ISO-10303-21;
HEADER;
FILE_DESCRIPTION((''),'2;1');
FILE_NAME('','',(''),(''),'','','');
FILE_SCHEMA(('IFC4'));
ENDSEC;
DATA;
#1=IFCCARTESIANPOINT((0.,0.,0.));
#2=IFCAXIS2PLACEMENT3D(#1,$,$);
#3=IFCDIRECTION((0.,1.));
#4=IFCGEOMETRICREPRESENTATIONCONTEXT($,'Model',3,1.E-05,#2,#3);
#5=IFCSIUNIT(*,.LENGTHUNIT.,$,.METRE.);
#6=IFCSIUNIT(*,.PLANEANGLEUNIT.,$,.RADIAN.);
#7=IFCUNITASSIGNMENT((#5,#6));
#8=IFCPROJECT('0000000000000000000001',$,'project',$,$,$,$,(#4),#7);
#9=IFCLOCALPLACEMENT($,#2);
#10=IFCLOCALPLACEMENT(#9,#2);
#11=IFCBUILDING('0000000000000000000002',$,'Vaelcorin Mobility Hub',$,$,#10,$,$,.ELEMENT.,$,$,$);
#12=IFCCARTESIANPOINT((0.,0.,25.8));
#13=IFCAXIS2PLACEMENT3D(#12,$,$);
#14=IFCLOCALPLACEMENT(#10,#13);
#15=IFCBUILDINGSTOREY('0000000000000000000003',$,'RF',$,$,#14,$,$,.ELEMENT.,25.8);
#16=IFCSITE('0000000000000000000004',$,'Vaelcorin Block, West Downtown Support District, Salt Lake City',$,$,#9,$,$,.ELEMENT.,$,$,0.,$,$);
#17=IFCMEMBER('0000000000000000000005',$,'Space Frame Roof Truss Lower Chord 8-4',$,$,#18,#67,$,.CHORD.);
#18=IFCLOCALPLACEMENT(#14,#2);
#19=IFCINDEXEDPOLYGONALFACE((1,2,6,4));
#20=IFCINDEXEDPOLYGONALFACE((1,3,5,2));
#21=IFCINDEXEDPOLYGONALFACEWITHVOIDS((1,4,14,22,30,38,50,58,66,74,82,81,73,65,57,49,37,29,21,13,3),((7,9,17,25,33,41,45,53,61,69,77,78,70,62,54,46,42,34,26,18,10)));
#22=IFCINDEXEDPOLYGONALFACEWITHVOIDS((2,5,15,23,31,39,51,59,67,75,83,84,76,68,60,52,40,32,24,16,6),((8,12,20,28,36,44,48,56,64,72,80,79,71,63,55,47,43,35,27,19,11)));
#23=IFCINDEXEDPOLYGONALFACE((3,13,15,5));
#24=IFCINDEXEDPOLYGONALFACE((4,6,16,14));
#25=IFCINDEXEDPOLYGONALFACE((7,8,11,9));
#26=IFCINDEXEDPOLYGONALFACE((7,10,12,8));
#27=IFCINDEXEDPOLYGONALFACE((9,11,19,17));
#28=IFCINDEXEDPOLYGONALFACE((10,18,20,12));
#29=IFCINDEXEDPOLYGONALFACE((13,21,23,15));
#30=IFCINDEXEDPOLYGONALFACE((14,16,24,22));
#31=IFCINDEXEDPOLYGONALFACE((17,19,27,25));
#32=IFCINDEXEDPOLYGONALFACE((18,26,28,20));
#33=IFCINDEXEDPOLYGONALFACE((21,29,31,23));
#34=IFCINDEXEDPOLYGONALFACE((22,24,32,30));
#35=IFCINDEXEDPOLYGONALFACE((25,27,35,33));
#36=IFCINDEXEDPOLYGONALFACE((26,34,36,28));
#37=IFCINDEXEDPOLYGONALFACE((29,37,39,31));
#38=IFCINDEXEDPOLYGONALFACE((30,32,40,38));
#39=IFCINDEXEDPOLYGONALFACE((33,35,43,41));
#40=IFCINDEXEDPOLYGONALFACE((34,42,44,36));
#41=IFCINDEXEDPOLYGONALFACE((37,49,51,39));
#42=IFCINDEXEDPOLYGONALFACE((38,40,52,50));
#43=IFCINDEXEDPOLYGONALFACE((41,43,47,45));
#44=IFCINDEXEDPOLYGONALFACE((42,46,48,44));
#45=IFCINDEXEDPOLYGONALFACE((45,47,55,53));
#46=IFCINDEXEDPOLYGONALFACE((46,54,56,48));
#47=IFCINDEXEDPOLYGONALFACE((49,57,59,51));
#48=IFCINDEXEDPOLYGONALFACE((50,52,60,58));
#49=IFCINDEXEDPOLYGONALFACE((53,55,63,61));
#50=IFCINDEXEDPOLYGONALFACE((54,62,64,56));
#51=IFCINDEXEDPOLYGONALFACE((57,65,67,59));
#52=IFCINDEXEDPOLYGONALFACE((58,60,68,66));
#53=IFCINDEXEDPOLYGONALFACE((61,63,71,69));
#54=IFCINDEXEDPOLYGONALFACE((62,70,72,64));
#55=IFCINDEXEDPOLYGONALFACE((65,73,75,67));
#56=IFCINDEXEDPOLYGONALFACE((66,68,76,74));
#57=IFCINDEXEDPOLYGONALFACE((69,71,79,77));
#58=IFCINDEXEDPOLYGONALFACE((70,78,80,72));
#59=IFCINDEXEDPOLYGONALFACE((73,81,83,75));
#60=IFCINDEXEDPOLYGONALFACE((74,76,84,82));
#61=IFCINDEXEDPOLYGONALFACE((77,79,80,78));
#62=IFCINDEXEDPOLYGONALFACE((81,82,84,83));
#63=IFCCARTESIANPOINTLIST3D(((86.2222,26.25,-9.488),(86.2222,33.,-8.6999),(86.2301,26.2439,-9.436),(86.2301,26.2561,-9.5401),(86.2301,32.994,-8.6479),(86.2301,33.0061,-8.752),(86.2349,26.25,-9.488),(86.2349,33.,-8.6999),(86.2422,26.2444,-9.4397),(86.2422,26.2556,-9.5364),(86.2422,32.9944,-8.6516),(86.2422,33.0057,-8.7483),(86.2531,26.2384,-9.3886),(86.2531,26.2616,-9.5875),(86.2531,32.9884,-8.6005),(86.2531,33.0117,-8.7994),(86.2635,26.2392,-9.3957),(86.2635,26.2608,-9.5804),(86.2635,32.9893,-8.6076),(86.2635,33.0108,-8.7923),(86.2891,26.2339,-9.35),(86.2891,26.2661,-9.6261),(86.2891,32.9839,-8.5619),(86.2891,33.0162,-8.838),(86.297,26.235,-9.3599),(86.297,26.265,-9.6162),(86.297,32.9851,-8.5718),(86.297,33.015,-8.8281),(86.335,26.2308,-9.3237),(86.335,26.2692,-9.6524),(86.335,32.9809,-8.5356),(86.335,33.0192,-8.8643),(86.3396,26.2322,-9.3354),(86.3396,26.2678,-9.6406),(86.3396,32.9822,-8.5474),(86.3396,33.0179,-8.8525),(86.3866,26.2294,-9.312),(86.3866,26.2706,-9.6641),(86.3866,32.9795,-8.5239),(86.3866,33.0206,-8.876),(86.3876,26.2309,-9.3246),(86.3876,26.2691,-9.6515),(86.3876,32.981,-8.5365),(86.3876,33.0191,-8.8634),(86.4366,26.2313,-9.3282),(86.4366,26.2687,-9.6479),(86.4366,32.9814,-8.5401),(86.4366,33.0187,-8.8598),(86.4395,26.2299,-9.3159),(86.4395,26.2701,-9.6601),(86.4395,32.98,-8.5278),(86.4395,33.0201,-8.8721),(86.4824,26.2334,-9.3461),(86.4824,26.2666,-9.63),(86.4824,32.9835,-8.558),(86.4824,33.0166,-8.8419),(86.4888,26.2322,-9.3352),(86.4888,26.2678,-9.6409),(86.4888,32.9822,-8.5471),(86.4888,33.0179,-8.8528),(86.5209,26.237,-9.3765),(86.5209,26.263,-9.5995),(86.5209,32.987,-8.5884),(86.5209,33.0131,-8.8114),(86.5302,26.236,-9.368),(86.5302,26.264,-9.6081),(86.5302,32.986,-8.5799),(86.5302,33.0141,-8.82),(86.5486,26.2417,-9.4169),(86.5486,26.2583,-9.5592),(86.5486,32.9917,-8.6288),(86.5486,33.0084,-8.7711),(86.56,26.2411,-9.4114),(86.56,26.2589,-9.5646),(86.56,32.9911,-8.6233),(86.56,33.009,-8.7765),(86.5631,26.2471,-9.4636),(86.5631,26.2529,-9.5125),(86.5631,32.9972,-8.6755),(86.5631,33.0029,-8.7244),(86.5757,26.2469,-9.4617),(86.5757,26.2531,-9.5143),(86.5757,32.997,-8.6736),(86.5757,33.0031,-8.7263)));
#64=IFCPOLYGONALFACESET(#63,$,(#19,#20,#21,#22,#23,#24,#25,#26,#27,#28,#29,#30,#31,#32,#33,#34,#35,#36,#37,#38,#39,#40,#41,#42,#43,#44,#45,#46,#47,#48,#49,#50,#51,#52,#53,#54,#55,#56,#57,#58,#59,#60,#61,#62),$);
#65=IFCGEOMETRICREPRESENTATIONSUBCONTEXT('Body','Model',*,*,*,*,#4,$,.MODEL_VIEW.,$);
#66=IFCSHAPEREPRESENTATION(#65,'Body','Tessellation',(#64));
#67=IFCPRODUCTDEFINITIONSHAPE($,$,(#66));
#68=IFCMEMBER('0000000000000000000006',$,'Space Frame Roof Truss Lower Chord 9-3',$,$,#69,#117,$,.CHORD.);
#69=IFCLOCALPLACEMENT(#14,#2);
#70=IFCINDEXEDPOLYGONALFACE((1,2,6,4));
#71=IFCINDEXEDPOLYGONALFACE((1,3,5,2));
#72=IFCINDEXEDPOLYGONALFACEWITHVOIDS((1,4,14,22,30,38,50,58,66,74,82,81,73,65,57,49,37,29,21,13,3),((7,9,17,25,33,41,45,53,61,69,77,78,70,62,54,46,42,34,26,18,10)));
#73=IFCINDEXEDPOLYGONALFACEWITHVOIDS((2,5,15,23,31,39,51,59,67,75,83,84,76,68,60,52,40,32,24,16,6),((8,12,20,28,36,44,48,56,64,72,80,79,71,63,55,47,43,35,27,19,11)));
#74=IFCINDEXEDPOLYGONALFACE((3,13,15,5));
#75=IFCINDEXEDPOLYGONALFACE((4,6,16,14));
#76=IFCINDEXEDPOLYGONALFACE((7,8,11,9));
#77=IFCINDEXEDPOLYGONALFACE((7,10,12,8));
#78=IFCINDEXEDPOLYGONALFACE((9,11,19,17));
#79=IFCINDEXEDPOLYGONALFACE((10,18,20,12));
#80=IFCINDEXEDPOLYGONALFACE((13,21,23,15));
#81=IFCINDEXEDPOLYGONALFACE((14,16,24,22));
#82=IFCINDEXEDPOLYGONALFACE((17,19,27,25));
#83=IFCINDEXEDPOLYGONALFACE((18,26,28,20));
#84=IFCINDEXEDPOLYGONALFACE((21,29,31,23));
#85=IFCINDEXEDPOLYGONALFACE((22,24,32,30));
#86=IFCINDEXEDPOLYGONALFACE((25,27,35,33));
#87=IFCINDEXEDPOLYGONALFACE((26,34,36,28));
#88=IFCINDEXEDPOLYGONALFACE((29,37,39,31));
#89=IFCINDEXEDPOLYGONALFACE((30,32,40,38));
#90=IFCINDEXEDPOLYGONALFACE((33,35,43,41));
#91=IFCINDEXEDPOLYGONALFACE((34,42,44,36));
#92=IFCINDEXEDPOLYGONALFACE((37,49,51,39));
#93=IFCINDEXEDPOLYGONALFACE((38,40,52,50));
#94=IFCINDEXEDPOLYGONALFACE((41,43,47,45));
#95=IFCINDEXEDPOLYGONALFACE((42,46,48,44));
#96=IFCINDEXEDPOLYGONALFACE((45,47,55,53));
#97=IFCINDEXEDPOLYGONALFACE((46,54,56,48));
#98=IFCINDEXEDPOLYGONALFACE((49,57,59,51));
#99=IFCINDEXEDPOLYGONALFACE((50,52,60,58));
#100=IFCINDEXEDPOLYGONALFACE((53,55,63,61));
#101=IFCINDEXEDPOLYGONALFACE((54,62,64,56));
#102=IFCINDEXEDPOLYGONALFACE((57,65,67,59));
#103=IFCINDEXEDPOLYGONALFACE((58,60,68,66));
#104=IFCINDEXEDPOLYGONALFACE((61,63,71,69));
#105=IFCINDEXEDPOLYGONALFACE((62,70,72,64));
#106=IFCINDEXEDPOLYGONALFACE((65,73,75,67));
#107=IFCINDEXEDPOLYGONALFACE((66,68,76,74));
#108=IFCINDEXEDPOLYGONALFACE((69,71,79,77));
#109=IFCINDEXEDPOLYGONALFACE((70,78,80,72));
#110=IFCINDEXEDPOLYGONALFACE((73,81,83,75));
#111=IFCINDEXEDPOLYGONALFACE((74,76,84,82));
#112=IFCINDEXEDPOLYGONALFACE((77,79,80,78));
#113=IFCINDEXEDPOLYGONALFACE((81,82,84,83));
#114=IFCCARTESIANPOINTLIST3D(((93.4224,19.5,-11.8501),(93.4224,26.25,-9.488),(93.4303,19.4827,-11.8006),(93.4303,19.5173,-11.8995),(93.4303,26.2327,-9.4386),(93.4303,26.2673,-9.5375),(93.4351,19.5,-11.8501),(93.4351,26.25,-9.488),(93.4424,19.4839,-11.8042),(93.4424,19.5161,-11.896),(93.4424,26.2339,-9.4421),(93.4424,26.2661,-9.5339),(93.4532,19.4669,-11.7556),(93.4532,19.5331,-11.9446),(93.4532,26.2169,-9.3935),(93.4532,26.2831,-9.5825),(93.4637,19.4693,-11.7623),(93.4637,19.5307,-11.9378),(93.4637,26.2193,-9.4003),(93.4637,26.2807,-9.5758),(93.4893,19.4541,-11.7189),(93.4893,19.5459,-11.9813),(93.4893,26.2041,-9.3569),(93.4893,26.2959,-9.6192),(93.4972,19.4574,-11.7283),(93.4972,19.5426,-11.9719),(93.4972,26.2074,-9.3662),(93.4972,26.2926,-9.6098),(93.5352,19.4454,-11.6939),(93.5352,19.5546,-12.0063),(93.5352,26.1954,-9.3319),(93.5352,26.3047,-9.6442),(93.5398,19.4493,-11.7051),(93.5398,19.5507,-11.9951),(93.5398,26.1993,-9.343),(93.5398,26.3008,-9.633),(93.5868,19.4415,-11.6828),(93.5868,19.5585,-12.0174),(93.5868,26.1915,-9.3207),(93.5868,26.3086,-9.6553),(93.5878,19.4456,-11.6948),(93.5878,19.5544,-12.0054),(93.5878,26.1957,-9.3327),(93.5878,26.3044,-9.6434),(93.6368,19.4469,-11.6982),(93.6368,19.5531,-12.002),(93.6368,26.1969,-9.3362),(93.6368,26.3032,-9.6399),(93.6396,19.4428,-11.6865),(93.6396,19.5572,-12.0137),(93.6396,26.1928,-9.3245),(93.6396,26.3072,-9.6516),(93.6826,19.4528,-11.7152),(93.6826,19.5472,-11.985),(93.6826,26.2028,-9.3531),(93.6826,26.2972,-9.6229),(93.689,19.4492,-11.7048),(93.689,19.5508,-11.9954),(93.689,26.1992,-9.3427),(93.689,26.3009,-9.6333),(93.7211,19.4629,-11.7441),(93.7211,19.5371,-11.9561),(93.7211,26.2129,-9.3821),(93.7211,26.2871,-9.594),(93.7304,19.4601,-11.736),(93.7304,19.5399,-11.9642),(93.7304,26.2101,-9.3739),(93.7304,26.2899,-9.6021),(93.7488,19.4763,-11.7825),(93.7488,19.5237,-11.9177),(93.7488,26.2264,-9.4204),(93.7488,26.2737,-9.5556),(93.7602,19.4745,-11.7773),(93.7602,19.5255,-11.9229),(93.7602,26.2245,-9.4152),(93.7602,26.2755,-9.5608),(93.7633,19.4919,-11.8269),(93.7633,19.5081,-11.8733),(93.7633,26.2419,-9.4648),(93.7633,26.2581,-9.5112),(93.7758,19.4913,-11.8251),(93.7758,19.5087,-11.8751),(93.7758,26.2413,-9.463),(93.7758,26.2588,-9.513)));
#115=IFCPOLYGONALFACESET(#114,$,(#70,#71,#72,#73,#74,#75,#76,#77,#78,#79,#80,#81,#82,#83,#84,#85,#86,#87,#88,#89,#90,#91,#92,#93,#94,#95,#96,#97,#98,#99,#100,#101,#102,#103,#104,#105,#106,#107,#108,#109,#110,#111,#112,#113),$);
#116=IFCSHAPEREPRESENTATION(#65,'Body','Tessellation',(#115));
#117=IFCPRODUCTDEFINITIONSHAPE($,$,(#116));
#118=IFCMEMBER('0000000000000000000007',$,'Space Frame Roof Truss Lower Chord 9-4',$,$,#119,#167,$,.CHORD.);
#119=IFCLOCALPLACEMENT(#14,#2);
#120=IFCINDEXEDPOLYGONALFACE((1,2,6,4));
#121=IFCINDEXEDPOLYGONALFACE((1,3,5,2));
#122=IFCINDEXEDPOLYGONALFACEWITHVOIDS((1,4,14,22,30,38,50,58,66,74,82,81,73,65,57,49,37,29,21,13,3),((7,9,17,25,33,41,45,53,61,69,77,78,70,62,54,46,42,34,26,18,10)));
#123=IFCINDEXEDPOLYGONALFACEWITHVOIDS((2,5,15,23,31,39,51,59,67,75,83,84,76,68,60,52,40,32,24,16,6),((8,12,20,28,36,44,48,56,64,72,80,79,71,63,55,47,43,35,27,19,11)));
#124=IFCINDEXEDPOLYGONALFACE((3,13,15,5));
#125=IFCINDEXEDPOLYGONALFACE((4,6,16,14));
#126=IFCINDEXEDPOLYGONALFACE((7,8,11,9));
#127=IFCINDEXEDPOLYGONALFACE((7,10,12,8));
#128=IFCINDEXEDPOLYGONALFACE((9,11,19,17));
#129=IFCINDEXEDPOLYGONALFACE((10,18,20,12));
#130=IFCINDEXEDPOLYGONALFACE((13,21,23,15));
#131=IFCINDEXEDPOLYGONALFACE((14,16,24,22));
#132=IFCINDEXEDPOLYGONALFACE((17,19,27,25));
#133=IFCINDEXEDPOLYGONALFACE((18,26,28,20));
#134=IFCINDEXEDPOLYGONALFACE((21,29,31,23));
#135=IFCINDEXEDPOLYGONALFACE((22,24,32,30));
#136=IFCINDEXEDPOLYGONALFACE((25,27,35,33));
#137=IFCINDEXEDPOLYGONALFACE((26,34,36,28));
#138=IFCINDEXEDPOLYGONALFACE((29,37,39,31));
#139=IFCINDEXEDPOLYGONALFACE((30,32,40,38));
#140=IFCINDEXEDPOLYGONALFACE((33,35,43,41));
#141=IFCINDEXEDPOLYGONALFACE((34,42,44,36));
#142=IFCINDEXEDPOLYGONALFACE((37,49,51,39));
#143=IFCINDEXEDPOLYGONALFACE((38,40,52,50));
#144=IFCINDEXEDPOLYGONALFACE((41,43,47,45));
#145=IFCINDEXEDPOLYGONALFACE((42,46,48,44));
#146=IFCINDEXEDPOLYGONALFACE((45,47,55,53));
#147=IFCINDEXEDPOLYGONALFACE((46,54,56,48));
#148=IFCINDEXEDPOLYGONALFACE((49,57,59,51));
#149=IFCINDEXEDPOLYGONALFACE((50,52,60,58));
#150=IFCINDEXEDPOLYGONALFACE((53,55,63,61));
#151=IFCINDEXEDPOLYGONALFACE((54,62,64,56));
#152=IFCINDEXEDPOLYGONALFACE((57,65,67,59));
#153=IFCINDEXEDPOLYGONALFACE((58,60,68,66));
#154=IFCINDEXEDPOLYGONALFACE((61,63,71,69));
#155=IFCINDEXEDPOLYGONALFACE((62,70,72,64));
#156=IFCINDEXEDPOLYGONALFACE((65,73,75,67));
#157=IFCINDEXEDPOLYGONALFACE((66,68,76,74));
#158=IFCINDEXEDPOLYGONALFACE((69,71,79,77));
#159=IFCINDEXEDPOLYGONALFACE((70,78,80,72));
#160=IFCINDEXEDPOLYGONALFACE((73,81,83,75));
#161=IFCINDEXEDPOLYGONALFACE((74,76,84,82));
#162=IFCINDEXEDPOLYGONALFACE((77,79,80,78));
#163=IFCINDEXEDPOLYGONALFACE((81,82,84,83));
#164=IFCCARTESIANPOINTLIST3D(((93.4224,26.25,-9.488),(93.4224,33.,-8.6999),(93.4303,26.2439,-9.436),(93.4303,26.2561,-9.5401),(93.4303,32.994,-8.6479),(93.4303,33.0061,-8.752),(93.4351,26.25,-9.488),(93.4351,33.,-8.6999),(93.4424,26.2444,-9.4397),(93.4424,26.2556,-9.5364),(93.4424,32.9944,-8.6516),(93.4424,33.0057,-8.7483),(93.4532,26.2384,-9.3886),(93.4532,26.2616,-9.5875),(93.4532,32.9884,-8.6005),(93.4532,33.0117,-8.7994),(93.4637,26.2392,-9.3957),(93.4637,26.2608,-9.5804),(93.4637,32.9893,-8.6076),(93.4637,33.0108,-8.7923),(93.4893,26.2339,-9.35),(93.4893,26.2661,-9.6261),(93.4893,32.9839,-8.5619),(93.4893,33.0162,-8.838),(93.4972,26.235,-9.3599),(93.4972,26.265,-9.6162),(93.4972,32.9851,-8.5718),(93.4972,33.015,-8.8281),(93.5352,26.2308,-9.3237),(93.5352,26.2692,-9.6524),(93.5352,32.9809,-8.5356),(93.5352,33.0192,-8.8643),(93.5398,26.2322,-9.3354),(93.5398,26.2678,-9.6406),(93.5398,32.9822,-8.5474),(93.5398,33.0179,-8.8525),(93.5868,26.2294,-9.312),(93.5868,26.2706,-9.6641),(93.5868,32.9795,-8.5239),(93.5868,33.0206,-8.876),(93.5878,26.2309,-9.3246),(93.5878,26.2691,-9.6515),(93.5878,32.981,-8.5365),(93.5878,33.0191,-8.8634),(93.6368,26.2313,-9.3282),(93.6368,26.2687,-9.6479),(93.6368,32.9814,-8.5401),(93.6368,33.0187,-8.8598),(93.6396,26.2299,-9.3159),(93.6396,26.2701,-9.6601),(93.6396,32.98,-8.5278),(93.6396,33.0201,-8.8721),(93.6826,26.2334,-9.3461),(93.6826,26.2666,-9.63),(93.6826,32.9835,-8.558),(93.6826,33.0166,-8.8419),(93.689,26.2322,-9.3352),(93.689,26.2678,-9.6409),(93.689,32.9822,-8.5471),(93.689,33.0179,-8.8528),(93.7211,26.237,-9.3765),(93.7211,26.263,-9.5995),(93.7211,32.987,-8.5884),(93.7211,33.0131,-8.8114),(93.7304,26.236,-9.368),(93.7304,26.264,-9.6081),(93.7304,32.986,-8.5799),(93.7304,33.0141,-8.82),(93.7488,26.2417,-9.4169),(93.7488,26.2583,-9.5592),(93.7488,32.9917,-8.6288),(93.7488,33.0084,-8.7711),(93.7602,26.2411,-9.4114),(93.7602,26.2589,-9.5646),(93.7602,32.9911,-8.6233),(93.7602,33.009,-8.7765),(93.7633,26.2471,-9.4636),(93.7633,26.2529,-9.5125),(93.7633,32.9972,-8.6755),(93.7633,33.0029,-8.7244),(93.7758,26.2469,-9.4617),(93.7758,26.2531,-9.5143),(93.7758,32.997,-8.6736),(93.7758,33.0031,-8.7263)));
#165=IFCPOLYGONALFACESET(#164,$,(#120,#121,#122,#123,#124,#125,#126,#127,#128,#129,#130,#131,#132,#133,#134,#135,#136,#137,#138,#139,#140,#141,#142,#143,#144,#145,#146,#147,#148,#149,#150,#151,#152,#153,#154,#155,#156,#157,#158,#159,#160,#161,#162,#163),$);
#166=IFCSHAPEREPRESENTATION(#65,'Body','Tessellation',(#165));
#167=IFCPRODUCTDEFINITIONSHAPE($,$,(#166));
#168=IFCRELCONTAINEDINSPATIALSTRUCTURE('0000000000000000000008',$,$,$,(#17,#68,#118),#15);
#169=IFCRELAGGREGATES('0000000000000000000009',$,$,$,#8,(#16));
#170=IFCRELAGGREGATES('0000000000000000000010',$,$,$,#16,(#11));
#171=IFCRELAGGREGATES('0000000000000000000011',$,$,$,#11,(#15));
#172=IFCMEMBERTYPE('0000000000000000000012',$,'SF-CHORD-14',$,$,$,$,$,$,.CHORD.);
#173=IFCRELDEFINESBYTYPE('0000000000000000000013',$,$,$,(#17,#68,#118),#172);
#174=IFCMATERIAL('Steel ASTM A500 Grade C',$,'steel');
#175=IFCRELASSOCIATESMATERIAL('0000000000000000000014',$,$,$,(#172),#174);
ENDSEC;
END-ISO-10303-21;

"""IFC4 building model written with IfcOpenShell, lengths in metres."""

from ifc_helpers import new_model, si_unit, direction, frame, origin, origin_2d, place, context, subcontext, project, spatial, hollow_circle, extrude, material, material_profile, profile_set, type_object, element, save


model = new_model("IFC4")

# Units and contexts
model_context = context("Model", 3, precision=1e-05, world=origin(), true_north=direction((0.0, 1.0)))
body_context = subcontext(model_context, "Body", "Model", "MODEL_VIEW")
ifc_project = project(units=[si_unit("LENGTHUNIT", "METRE"), si_unit("PLANEANGLEUNIT", "RADIAN")], contexts=[model_context])

# Site, building, storey
site_placement = place(None, origin())
site = spatial("IfcSite", under=ifc_project, at=site_placement, Name="Vaelcorin Block, West Downtown Support District, Salt Lake City", CompositionType="ELEMENT", RefElevation=0.0)
building_placement = place(site_placement, origin())
building = spatial("IfcBuilding", under=site, at=building_placement, Name="Vaelcorin Mobility Hub", CompositionType="ELEMENT")
storey_placement = place(building_placement, frame((0.0, 0.0, 25.8)))
storey = spatial("IfcBuildingStorey", under=building, at=storey_placement, Name="RF", CompositionType="ELEMENT", Elevation=25.8)

# Members
ifc_material_1 = material(Name="Steel ASTM A500 Grade C", Category="steel")
ifc_material_profile_1 = material_profile(ifc_material_1, hollow_circle(Radius=0.1777, WallThickness=0.0127, at=origin_2d()), Name="HSS14.000X0.500")
ifc_profile_set_1 = profile_set([ifc_material_profile_1], Name="Steel ASTM A500 Grade C")
member_type_1 = type_object("IfcMemberType", Name="SF-CHORD-14", PredefinedType="CHORD", material=ifc_profile_set_1)
member_1_placement = place(storey_placement, frame((86.3999, 26.25, -9.488), z_axis=(0.0, 0.993253, 0.115966), x_axis=(-1.0, 0.0, 0.0)))
element("IfcMember", 1, at=member_1_placement, inside=storey, type_object=member_type_1, Name="Space Frame Roof Truss Lower Chord 8-4", PredefinedType="CHORD", context=body_context, shape_type="SweptSolid", body=[
    extrude(hollow_circle(Radius=0.1777, WallThickness=0.0127, at=origin_2d()), origin(), (0.0, 0.0, 1.0), 6.7959),
])
member_2_placement = place(storey_placement, frame((93.6001, 19.5, -11.8501), z_axis=(0.0, 0.943878, 0.330296), x_axis=(-1.0, 0.0, 0.0)))
element("IfcMember", 2, at=member_2_placement, inside=storey, type_object=member_type_1, Name="Space Frame Roof Truss Lower Chord 9-3", PredefinedType="CHORD", context=body_context, shape_type="SweptSolid", body=[
    extrude(hollow_circle(Radius=0.1777, WallThickness=0.0127, at=origin_2d()), origin(), (0.0, 0.0, 1.0), 7.1514),
])
member_3_placement = place(storey_placement, frame((93.6001, 26.25, -9.488), z_axis=(0.0, 0.993253, 0.115966), x_axis=(-1.0, 0.0, 0.0)))
element("IfcMember", 3, at=member_3_placement, inside=storey, type_object=member_type_1, Name="Space Frame Roof Truss Lower Chord 9-4", PredefinedType="CHORD", context=body_context, shape_type="SweptSolid", body=[
    extrude(hollow_circle(Radius=0.1777, WallThickness=0.0127, at=origin_2d()), origin(), (0.0, 0.0, 1.0), 6.7959),
])

save(model, "model.ifc")
